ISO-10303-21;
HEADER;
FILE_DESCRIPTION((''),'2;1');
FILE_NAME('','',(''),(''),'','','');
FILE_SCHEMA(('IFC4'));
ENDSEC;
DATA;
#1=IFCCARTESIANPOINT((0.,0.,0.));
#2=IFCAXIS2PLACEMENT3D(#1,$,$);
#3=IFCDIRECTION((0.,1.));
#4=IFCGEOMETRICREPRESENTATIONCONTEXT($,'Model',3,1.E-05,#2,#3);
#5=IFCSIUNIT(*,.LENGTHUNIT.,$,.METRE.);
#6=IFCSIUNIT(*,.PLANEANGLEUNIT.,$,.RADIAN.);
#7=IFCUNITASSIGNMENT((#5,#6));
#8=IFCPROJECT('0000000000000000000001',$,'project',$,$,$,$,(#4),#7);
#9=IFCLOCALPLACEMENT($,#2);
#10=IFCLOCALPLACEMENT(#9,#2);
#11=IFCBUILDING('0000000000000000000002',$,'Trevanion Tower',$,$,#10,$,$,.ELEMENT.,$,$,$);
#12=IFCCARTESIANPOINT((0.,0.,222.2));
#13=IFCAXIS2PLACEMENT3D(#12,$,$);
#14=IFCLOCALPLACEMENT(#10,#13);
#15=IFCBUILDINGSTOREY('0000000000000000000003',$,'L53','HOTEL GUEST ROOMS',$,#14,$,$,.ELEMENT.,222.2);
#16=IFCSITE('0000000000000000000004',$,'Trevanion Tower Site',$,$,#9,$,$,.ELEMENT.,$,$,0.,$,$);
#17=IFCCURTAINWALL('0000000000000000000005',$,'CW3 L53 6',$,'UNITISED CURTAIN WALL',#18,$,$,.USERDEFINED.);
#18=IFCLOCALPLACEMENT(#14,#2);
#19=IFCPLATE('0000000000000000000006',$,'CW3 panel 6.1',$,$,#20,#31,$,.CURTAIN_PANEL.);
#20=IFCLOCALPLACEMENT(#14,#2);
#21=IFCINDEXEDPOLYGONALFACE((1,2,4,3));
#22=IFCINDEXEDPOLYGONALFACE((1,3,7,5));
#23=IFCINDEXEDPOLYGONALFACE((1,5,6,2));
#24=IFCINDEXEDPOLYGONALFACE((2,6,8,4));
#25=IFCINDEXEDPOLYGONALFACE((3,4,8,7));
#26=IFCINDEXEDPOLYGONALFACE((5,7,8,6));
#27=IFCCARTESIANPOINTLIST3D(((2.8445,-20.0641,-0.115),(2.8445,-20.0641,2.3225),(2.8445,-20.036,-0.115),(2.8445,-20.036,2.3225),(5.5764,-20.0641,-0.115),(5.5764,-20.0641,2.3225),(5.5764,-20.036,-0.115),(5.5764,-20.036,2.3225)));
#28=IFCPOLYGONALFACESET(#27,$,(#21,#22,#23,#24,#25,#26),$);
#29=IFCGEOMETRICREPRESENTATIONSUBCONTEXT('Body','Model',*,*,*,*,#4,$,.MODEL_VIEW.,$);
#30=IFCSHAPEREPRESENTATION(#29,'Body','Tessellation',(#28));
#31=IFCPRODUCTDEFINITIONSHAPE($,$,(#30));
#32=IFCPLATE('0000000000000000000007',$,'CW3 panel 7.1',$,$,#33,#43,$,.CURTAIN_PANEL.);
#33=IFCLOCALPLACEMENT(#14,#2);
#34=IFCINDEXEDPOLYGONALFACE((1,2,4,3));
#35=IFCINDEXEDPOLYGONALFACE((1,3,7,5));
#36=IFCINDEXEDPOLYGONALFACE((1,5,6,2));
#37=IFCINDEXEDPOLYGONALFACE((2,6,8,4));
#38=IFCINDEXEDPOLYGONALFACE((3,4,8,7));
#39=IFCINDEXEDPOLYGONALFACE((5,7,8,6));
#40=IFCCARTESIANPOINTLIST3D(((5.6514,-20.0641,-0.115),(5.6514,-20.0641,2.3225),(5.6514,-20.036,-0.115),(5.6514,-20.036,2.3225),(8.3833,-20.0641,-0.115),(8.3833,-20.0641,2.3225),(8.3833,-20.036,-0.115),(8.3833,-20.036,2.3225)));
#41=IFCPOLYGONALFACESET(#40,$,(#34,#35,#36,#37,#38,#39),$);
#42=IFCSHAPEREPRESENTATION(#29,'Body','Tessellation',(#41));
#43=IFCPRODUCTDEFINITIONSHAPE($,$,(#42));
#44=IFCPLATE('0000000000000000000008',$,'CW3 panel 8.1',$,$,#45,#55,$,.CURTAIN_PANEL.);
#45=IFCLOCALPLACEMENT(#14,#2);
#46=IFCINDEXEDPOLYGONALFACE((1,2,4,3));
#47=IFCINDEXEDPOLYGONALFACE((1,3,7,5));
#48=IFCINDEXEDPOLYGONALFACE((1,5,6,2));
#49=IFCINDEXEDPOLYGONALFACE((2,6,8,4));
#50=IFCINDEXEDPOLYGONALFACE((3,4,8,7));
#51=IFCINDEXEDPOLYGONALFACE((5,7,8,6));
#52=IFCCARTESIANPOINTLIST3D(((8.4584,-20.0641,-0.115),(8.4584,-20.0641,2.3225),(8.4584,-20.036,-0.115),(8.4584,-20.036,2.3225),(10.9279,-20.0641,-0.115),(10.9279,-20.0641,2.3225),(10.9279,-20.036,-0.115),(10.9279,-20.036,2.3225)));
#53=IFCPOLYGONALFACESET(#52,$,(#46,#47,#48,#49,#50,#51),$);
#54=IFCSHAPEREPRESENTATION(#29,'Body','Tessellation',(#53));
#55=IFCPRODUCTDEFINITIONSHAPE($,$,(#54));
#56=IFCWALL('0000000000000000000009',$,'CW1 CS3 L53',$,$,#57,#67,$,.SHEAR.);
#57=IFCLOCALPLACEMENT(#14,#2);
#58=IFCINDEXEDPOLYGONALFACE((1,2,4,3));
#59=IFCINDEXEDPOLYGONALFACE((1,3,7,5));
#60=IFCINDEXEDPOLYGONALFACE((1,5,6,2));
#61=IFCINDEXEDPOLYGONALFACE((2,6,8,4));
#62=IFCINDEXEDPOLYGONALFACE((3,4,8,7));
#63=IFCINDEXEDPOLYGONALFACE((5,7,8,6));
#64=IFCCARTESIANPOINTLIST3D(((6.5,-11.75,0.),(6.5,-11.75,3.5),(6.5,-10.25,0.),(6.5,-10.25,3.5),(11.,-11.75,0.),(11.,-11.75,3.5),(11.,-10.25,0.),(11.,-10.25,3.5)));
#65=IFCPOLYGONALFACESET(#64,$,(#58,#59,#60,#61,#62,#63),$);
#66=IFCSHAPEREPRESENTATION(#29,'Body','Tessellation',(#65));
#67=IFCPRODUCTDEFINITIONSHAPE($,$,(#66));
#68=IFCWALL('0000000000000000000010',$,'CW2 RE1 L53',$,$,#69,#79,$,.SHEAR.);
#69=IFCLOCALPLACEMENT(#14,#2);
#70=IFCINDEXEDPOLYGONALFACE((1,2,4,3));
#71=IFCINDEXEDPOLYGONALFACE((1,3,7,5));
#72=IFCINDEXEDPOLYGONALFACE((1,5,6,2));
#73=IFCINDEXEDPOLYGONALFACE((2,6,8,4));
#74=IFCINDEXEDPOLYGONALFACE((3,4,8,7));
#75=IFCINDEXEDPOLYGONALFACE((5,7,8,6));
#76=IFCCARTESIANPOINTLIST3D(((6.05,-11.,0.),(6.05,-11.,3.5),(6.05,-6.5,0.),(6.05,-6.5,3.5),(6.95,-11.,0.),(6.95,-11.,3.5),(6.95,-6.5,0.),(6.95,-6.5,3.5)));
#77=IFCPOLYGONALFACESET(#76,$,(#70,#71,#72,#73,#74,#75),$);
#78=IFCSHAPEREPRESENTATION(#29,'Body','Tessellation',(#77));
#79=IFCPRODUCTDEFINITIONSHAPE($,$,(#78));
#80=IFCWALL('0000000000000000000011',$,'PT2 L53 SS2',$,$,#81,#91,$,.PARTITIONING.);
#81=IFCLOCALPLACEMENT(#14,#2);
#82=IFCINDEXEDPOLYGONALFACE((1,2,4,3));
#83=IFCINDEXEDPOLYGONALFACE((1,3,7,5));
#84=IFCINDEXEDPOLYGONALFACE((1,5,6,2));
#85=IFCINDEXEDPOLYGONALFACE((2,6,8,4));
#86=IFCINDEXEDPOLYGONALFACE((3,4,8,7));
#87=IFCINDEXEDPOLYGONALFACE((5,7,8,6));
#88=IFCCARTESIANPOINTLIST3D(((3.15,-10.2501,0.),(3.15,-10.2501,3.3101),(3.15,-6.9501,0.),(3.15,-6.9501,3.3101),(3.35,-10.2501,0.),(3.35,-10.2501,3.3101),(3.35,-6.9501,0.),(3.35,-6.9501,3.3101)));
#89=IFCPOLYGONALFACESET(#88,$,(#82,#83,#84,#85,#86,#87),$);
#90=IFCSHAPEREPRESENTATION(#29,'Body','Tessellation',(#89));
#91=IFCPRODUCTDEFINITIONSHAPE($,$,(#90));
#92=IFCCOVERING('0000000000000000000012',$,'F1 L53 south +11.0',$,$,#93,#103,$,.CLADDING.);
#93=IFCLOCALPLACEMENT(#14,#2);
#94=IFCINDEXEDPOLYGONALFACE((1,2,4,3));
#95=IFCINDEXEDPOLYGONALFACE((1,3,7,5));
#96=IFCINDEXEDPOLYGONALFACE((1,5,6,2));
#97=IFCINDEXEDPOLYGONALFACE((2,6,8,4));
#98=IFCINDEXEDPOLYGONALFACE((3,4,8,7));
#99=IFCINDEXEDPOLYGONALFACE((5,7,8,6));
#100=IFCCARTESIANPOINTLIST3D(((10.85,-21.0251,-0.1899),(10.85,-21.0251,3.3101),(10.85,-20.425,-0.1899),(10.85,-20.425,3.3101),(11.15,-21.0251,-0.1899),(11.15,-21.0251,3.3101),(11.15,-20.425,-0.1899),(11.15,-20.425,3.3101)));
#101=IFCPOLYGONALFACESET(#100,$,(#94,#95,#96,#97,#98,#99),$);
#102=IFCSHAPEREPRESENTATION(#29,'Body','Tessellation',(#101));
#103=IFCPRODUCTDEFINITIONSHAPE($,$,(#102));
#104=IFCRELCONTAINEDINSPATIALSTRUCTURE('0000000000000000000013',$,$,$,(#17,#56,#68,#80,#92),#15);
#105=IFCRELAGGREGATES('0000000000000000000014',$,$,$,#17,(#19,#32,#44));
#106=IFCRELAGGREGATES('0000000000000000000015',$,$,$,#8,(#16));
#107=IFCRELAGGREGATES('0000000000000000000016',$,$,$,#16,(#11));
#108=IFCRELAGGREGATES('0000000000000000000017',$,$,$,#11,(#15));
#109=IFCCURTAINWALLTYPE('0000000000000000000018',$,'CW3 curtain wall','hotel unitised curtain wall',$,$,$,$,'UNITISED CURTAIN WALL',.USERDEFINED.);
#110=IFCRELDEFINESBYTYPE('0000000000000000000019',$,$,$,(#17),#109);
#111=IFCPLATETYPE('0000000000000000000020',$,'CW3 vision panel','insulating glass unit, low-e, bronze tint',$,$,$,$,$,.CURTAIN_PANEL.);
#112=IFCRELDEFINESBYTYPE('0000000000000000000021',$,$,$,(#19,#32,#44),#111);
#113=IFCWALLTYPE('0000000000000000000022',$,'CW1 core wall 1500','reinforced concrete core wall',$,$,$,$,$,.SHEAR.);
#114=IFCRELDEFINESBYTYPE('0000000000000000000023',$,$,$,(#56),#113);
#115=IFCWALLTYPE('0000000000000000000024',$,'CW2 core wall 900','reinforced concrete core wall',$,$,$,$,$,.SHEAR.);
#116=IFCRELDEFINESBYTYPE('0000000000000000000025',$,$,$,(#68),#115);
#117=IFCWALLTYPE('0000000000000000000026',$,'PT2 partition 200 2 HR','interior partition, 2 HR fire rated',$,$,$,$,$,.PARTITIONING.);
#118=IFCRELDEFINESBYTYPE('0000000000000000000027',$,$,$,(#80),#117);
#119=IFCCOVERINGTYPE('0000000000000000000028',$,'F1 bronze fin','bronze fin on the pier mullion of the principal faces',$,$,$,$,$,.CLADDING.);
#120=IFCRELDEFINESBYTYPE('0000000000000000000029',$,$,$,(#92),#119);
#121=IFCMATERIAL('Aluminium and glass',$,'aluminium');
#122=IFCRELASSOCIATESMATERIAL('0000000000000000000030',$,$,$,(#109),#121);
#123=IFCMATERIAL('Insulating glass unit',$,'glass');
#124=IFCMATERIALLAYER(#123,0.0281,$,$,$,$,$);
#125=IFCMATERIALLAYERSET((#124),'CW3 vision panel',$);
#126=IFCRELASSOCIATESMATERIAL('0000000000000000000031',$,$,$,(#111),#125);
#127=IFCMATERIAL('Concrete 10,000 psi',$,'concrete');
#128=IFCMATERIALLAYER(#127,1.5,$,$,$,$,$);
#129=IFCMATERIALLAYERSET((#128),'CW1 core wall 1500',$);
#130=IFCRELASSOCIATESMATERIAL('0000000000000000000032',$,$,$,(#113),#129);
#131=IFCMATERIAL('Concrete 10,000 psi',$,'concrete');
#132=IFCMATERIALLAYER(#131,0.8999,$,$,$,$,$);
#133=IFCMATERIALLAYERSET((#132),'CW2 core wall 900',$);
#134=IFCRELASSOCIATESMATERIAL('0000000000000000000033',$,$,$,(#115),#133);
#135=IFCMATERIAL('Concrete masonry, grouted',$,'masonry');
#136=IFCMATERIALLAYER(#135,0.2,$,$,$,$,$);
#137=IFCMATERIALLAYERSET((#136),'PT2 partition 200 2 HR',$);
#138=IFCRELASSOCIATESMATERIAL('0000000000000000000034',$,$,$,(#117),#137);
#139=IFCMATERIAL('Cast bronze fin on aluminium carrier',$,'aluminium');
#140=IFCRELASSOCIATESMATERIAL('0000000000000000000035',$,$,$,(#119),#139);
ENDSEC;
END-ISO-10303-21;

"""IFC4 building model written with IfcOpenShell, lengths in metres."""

from ifc_helpers import new_model, si_unit, direction, frame, frame_2d, origin, origin_2d, place, context, subcontext, project, spatial, rectangle, extrude, material, layer, layer_set, type_object, element, aggregate, save


model = new_model("IFC4")

# Units and contexts
model_context = context("Model", 3, precision=1e-05, world=origin(), true_north=direction((0.0, 1.0)))
body_context = subcontext(model_context, "Body", "Model", "MODEL_VIEW")
ifc_project = project(units=[si_unit("LENGTHUNIT", "METRE"), si_unit("PLANEANGLEUNIT", "RADIAN")], contexts=[model_context])

# Site, building, storey
site_placement = place(None, origin())
site = spatial("IfcSite", under=ifc_project, at=site_placement, Name="Trevanion Tower Site", CompositionType="ELEMENT", RefElevation=0.0)
building_placement = place(site_placement, origin())
building = spatial("IfcBuilding", under=site, at=building_placement, Name="Trevanion Tower", CompositionType="ELEMENT")
storey_placement = place(building_placement, frame((0.0, 0.0, 222.2)))
storey = spatial("IfcBuildingStorey", under=building, at=storey_placement, Name="L53", Description="HOTEL GUEST ROOMS", CompositionType="ELEMENT", Elevation=222.2)

# Curtain wall
ifc_material_1 = material(Name="Aluminium and glass", Category="aluminium")
curtain_wall_type = type_object("IfcCurtainWallType", Name="CW3 curtain wall", Description="hotel unitised curtain wall", ElementType="UNITISED CURTAIN WALL", PredefinedType="USERDEFINED", material=ifc_material_1)
curtain_wall_placement = place(storey_placement, origin())
curtain_wall = element("IfcCurtainWall", 1, at=curtain_wall_placement, inside=storey, type_object=curtain_wall_type, Name="CW3 L53 6", ObjectType="UNITISED CURTAIN WALL", PredefinedType="USERDEFINED")

# Plates
ifc_material_2 = material(Name="Insulating glass unit", Category="glass")
ifc_layer_1 = layer(ifc_material_2, 0.0281)
ifc_layer_set_1 = layer_set([ifc_layer_1], Name="CW3 vision panel")
plate_type_1 = type_object("IfcPlateType", Name="CW3 vision panel", Description="insulating glass unit, low-e, bronze tint", PredefinedType="CURTAIN_PANEL", material=ifc_layer_set_1)
plate_1_placement = place(storey_placement, frame((4.2104, -20.05, -0.115), z_axis=(0.0, 0.0, 1.0), x_axis=(1.0, 0.0, 0.0)))
plate_1 = element("IfcPlate", 2, at=plate_1_placement, type_object=plate_type_1, Name="CW3 panel 6.1", PredefinedType="CURTAIN_PANEL", context=body_context, shape_type="SweptSolid", body=[
    extrude(rectangle(XDim=2.7319, YDim=0.0281, at=origin_2d()), origin(), (0.0, 0.0, 1.0), 2.4375),
])
plate_2_placement = place(storey_placement, frame((7.0173, -20.05, -0.115), z_axis=(0.0, 0.0, 1.0), x_axis=(1.0, 0.0, 0.0)))
plate_2 = element("IfcPlate", 3, at=plate_2_placement, type_object=plate_type_1, Name="CW3 panel 7.1", PredefinedType="CURTAIN_PANEL", context=body_context, shape_type="SweptSolid", body=[
    extrude(rectangle(XDim=2.7319, YDim=0.0281, at=origin_2d()), origin(), (0.0, 0.0, 1.0), 2.4375),
])
plate_3_placement = place(storey_placement, frame((9.6931, -20.05, -0.115), z_axis=(0.0, 0.0, 1.0), x_axis=(1.0, 0.0, 0.0)))
plate_3 = element("IfcPlate", 4, at=plate_3_placement, type_object=plate_type_1, Name="CW3 panel 8.1", PredefinedType="CURTAIN_PANEL", context=body_context, shape_type="SweptSolid", body=[
    extrude(rectangle(XDim=2.4695, YDim=0.0281, at=origin_2d()), origin(), (0.0, 0.0, 1.0), 2.4375),
])
aggregate(curtain_wall, [plate_1, plate_2, plate_3])

# Walls
ifc_material_3 = material(Name="Concrete 10,000 psi", Category="concrete")
ifc_layer_2 = layer(ifc_material_3, 1.5)
ifc_layer_set_2 = layer_set([ifc_layer_2], Name="CW1 core wall 1500")
wall_type_1 = type_object("IfcWallType", Name="CW1 core wall 1500", Description="reinforced concrete core wall", PredefinedType="SHEAR", material=ifc_layer_set_2)
wall_1_placement = place(storey_placement, frame((6.5, -11.0, 0.0), z_axis=(0.0, 0.0, 1.0), x_axis=(1.0, 0.0, 0.0)))
element("IfcWall", 5, at=wall_1_placement, inside=storey, type_object=wall_type_1, Name="CW1 CS3 L53", PredefinedType="SHEAR", context=body_context, shape_type="SweptSolid", body=[
    extrude(rectangle(XDim=4.5, YDim=1.5, at=frame_2d((2.25, 0.0))), origin(), (0.0, 0.0, 1.0), 3.5),
])
ifc_material_4 = material(Name="Concrete 10,000 psi", Category="concrete")
ifc_layer_3 = layer(ifc_material_4, 0.8999)
ifc_layer_set_3 = layer_set([ifc_layer_3], Name="CW2 core wall 900")
wall_type_2 = type_object("IfcWallType", Name="CW2 core wall 900", Description="reinforced concrete core wall", PredefinedType="SHEAR", material=ifc_layer_set_3)
wall_2_placement = place(storey_placement, frame((6.5, -11.0, 0.0), z_axis=(0.0, 0.0, 1.0), x_axis=(0.0, 1.0, 0.0)))
element("IfcWall", 6, at=wall_2_placement, inside=storey, type_object=wall_type_2, Name="CW2 RE1 L53", PredefinedType="SHEAR", context=body_context, shape_type="SweptSolid", body=[
    extrude(rectangle(XDim=4.5, YDim=0.8999, at=frame_2d((2.25, 0.0))), origin(), (0.0, 0.0, 1.0), 3.5),
])
ifc_material_5 = material(Name="Concrete masonry, grouted", Category="masonry")
ifc_layer_4 = layer(ifc_material_5, 0.2)
ifc_layer_set_4 = layer_set([ifc_layer_4], Name="PT2 partition 200 2 HR")
wall_type_3 = type_object("IfcWallType", Name="PT2 partition 200 2 HR", Description="interior partition, 2 HR fire rated", PredefinedType="PARTITIONING", material=ifc_layer_set_4)
wall_3_placement = place(storey_placement, frame((3.25, -10.25, 0.0), z_axis=(0.0, 0.0, 1.0), x_axis=(0.0, 1.0, 0.0)))
element("IfcWall", 7, at=wall_3_placement, inside=storey, type_object=wall_type_3, Name="PT2 L53 SS2", PredefinedType="PARTITIONING", context=body_context, shape_type="SweptSolid", body=[
    extrude(rectangle(XDim=3.3, YDim=0.2, at=frame_2d((1.6499, 0.0))), origin(), (0.0, 0.0, 1.0), 3.3101),
])

# Covering
ifc_material_6 = material(Name="Cast bronze fin on aluminium carrier", Category="aluminium")
covering_type = type_object("IfcCoveringType", Name="F1 bronze fin", Description="bronze fin on the pier mullion of the principal faces", PredefinedType="CLADDING", material=ifc_material_6)
covering_placement = place(storey_placement, frame((11.0, -20.7251, -0.1899), z_axis=(0.0, 0.0, 1.0), x_axis=(1.0, 0.0, 0.0)))
element("IfcCovering", 8, at=covering_placement, inside=storey, type_object=covering_type, Name="F1 L53 south +11.0", PredefinedType="CLADDING", context=body_context, shape_type="SweptSolid", body=[
    extrude(rectangle(XDim=0.3, YDim=0.6001, at=origin_2d()), origin(), (0.0, 0.0, 1.0), 3.5),
])

save(model, "model.ifc")
